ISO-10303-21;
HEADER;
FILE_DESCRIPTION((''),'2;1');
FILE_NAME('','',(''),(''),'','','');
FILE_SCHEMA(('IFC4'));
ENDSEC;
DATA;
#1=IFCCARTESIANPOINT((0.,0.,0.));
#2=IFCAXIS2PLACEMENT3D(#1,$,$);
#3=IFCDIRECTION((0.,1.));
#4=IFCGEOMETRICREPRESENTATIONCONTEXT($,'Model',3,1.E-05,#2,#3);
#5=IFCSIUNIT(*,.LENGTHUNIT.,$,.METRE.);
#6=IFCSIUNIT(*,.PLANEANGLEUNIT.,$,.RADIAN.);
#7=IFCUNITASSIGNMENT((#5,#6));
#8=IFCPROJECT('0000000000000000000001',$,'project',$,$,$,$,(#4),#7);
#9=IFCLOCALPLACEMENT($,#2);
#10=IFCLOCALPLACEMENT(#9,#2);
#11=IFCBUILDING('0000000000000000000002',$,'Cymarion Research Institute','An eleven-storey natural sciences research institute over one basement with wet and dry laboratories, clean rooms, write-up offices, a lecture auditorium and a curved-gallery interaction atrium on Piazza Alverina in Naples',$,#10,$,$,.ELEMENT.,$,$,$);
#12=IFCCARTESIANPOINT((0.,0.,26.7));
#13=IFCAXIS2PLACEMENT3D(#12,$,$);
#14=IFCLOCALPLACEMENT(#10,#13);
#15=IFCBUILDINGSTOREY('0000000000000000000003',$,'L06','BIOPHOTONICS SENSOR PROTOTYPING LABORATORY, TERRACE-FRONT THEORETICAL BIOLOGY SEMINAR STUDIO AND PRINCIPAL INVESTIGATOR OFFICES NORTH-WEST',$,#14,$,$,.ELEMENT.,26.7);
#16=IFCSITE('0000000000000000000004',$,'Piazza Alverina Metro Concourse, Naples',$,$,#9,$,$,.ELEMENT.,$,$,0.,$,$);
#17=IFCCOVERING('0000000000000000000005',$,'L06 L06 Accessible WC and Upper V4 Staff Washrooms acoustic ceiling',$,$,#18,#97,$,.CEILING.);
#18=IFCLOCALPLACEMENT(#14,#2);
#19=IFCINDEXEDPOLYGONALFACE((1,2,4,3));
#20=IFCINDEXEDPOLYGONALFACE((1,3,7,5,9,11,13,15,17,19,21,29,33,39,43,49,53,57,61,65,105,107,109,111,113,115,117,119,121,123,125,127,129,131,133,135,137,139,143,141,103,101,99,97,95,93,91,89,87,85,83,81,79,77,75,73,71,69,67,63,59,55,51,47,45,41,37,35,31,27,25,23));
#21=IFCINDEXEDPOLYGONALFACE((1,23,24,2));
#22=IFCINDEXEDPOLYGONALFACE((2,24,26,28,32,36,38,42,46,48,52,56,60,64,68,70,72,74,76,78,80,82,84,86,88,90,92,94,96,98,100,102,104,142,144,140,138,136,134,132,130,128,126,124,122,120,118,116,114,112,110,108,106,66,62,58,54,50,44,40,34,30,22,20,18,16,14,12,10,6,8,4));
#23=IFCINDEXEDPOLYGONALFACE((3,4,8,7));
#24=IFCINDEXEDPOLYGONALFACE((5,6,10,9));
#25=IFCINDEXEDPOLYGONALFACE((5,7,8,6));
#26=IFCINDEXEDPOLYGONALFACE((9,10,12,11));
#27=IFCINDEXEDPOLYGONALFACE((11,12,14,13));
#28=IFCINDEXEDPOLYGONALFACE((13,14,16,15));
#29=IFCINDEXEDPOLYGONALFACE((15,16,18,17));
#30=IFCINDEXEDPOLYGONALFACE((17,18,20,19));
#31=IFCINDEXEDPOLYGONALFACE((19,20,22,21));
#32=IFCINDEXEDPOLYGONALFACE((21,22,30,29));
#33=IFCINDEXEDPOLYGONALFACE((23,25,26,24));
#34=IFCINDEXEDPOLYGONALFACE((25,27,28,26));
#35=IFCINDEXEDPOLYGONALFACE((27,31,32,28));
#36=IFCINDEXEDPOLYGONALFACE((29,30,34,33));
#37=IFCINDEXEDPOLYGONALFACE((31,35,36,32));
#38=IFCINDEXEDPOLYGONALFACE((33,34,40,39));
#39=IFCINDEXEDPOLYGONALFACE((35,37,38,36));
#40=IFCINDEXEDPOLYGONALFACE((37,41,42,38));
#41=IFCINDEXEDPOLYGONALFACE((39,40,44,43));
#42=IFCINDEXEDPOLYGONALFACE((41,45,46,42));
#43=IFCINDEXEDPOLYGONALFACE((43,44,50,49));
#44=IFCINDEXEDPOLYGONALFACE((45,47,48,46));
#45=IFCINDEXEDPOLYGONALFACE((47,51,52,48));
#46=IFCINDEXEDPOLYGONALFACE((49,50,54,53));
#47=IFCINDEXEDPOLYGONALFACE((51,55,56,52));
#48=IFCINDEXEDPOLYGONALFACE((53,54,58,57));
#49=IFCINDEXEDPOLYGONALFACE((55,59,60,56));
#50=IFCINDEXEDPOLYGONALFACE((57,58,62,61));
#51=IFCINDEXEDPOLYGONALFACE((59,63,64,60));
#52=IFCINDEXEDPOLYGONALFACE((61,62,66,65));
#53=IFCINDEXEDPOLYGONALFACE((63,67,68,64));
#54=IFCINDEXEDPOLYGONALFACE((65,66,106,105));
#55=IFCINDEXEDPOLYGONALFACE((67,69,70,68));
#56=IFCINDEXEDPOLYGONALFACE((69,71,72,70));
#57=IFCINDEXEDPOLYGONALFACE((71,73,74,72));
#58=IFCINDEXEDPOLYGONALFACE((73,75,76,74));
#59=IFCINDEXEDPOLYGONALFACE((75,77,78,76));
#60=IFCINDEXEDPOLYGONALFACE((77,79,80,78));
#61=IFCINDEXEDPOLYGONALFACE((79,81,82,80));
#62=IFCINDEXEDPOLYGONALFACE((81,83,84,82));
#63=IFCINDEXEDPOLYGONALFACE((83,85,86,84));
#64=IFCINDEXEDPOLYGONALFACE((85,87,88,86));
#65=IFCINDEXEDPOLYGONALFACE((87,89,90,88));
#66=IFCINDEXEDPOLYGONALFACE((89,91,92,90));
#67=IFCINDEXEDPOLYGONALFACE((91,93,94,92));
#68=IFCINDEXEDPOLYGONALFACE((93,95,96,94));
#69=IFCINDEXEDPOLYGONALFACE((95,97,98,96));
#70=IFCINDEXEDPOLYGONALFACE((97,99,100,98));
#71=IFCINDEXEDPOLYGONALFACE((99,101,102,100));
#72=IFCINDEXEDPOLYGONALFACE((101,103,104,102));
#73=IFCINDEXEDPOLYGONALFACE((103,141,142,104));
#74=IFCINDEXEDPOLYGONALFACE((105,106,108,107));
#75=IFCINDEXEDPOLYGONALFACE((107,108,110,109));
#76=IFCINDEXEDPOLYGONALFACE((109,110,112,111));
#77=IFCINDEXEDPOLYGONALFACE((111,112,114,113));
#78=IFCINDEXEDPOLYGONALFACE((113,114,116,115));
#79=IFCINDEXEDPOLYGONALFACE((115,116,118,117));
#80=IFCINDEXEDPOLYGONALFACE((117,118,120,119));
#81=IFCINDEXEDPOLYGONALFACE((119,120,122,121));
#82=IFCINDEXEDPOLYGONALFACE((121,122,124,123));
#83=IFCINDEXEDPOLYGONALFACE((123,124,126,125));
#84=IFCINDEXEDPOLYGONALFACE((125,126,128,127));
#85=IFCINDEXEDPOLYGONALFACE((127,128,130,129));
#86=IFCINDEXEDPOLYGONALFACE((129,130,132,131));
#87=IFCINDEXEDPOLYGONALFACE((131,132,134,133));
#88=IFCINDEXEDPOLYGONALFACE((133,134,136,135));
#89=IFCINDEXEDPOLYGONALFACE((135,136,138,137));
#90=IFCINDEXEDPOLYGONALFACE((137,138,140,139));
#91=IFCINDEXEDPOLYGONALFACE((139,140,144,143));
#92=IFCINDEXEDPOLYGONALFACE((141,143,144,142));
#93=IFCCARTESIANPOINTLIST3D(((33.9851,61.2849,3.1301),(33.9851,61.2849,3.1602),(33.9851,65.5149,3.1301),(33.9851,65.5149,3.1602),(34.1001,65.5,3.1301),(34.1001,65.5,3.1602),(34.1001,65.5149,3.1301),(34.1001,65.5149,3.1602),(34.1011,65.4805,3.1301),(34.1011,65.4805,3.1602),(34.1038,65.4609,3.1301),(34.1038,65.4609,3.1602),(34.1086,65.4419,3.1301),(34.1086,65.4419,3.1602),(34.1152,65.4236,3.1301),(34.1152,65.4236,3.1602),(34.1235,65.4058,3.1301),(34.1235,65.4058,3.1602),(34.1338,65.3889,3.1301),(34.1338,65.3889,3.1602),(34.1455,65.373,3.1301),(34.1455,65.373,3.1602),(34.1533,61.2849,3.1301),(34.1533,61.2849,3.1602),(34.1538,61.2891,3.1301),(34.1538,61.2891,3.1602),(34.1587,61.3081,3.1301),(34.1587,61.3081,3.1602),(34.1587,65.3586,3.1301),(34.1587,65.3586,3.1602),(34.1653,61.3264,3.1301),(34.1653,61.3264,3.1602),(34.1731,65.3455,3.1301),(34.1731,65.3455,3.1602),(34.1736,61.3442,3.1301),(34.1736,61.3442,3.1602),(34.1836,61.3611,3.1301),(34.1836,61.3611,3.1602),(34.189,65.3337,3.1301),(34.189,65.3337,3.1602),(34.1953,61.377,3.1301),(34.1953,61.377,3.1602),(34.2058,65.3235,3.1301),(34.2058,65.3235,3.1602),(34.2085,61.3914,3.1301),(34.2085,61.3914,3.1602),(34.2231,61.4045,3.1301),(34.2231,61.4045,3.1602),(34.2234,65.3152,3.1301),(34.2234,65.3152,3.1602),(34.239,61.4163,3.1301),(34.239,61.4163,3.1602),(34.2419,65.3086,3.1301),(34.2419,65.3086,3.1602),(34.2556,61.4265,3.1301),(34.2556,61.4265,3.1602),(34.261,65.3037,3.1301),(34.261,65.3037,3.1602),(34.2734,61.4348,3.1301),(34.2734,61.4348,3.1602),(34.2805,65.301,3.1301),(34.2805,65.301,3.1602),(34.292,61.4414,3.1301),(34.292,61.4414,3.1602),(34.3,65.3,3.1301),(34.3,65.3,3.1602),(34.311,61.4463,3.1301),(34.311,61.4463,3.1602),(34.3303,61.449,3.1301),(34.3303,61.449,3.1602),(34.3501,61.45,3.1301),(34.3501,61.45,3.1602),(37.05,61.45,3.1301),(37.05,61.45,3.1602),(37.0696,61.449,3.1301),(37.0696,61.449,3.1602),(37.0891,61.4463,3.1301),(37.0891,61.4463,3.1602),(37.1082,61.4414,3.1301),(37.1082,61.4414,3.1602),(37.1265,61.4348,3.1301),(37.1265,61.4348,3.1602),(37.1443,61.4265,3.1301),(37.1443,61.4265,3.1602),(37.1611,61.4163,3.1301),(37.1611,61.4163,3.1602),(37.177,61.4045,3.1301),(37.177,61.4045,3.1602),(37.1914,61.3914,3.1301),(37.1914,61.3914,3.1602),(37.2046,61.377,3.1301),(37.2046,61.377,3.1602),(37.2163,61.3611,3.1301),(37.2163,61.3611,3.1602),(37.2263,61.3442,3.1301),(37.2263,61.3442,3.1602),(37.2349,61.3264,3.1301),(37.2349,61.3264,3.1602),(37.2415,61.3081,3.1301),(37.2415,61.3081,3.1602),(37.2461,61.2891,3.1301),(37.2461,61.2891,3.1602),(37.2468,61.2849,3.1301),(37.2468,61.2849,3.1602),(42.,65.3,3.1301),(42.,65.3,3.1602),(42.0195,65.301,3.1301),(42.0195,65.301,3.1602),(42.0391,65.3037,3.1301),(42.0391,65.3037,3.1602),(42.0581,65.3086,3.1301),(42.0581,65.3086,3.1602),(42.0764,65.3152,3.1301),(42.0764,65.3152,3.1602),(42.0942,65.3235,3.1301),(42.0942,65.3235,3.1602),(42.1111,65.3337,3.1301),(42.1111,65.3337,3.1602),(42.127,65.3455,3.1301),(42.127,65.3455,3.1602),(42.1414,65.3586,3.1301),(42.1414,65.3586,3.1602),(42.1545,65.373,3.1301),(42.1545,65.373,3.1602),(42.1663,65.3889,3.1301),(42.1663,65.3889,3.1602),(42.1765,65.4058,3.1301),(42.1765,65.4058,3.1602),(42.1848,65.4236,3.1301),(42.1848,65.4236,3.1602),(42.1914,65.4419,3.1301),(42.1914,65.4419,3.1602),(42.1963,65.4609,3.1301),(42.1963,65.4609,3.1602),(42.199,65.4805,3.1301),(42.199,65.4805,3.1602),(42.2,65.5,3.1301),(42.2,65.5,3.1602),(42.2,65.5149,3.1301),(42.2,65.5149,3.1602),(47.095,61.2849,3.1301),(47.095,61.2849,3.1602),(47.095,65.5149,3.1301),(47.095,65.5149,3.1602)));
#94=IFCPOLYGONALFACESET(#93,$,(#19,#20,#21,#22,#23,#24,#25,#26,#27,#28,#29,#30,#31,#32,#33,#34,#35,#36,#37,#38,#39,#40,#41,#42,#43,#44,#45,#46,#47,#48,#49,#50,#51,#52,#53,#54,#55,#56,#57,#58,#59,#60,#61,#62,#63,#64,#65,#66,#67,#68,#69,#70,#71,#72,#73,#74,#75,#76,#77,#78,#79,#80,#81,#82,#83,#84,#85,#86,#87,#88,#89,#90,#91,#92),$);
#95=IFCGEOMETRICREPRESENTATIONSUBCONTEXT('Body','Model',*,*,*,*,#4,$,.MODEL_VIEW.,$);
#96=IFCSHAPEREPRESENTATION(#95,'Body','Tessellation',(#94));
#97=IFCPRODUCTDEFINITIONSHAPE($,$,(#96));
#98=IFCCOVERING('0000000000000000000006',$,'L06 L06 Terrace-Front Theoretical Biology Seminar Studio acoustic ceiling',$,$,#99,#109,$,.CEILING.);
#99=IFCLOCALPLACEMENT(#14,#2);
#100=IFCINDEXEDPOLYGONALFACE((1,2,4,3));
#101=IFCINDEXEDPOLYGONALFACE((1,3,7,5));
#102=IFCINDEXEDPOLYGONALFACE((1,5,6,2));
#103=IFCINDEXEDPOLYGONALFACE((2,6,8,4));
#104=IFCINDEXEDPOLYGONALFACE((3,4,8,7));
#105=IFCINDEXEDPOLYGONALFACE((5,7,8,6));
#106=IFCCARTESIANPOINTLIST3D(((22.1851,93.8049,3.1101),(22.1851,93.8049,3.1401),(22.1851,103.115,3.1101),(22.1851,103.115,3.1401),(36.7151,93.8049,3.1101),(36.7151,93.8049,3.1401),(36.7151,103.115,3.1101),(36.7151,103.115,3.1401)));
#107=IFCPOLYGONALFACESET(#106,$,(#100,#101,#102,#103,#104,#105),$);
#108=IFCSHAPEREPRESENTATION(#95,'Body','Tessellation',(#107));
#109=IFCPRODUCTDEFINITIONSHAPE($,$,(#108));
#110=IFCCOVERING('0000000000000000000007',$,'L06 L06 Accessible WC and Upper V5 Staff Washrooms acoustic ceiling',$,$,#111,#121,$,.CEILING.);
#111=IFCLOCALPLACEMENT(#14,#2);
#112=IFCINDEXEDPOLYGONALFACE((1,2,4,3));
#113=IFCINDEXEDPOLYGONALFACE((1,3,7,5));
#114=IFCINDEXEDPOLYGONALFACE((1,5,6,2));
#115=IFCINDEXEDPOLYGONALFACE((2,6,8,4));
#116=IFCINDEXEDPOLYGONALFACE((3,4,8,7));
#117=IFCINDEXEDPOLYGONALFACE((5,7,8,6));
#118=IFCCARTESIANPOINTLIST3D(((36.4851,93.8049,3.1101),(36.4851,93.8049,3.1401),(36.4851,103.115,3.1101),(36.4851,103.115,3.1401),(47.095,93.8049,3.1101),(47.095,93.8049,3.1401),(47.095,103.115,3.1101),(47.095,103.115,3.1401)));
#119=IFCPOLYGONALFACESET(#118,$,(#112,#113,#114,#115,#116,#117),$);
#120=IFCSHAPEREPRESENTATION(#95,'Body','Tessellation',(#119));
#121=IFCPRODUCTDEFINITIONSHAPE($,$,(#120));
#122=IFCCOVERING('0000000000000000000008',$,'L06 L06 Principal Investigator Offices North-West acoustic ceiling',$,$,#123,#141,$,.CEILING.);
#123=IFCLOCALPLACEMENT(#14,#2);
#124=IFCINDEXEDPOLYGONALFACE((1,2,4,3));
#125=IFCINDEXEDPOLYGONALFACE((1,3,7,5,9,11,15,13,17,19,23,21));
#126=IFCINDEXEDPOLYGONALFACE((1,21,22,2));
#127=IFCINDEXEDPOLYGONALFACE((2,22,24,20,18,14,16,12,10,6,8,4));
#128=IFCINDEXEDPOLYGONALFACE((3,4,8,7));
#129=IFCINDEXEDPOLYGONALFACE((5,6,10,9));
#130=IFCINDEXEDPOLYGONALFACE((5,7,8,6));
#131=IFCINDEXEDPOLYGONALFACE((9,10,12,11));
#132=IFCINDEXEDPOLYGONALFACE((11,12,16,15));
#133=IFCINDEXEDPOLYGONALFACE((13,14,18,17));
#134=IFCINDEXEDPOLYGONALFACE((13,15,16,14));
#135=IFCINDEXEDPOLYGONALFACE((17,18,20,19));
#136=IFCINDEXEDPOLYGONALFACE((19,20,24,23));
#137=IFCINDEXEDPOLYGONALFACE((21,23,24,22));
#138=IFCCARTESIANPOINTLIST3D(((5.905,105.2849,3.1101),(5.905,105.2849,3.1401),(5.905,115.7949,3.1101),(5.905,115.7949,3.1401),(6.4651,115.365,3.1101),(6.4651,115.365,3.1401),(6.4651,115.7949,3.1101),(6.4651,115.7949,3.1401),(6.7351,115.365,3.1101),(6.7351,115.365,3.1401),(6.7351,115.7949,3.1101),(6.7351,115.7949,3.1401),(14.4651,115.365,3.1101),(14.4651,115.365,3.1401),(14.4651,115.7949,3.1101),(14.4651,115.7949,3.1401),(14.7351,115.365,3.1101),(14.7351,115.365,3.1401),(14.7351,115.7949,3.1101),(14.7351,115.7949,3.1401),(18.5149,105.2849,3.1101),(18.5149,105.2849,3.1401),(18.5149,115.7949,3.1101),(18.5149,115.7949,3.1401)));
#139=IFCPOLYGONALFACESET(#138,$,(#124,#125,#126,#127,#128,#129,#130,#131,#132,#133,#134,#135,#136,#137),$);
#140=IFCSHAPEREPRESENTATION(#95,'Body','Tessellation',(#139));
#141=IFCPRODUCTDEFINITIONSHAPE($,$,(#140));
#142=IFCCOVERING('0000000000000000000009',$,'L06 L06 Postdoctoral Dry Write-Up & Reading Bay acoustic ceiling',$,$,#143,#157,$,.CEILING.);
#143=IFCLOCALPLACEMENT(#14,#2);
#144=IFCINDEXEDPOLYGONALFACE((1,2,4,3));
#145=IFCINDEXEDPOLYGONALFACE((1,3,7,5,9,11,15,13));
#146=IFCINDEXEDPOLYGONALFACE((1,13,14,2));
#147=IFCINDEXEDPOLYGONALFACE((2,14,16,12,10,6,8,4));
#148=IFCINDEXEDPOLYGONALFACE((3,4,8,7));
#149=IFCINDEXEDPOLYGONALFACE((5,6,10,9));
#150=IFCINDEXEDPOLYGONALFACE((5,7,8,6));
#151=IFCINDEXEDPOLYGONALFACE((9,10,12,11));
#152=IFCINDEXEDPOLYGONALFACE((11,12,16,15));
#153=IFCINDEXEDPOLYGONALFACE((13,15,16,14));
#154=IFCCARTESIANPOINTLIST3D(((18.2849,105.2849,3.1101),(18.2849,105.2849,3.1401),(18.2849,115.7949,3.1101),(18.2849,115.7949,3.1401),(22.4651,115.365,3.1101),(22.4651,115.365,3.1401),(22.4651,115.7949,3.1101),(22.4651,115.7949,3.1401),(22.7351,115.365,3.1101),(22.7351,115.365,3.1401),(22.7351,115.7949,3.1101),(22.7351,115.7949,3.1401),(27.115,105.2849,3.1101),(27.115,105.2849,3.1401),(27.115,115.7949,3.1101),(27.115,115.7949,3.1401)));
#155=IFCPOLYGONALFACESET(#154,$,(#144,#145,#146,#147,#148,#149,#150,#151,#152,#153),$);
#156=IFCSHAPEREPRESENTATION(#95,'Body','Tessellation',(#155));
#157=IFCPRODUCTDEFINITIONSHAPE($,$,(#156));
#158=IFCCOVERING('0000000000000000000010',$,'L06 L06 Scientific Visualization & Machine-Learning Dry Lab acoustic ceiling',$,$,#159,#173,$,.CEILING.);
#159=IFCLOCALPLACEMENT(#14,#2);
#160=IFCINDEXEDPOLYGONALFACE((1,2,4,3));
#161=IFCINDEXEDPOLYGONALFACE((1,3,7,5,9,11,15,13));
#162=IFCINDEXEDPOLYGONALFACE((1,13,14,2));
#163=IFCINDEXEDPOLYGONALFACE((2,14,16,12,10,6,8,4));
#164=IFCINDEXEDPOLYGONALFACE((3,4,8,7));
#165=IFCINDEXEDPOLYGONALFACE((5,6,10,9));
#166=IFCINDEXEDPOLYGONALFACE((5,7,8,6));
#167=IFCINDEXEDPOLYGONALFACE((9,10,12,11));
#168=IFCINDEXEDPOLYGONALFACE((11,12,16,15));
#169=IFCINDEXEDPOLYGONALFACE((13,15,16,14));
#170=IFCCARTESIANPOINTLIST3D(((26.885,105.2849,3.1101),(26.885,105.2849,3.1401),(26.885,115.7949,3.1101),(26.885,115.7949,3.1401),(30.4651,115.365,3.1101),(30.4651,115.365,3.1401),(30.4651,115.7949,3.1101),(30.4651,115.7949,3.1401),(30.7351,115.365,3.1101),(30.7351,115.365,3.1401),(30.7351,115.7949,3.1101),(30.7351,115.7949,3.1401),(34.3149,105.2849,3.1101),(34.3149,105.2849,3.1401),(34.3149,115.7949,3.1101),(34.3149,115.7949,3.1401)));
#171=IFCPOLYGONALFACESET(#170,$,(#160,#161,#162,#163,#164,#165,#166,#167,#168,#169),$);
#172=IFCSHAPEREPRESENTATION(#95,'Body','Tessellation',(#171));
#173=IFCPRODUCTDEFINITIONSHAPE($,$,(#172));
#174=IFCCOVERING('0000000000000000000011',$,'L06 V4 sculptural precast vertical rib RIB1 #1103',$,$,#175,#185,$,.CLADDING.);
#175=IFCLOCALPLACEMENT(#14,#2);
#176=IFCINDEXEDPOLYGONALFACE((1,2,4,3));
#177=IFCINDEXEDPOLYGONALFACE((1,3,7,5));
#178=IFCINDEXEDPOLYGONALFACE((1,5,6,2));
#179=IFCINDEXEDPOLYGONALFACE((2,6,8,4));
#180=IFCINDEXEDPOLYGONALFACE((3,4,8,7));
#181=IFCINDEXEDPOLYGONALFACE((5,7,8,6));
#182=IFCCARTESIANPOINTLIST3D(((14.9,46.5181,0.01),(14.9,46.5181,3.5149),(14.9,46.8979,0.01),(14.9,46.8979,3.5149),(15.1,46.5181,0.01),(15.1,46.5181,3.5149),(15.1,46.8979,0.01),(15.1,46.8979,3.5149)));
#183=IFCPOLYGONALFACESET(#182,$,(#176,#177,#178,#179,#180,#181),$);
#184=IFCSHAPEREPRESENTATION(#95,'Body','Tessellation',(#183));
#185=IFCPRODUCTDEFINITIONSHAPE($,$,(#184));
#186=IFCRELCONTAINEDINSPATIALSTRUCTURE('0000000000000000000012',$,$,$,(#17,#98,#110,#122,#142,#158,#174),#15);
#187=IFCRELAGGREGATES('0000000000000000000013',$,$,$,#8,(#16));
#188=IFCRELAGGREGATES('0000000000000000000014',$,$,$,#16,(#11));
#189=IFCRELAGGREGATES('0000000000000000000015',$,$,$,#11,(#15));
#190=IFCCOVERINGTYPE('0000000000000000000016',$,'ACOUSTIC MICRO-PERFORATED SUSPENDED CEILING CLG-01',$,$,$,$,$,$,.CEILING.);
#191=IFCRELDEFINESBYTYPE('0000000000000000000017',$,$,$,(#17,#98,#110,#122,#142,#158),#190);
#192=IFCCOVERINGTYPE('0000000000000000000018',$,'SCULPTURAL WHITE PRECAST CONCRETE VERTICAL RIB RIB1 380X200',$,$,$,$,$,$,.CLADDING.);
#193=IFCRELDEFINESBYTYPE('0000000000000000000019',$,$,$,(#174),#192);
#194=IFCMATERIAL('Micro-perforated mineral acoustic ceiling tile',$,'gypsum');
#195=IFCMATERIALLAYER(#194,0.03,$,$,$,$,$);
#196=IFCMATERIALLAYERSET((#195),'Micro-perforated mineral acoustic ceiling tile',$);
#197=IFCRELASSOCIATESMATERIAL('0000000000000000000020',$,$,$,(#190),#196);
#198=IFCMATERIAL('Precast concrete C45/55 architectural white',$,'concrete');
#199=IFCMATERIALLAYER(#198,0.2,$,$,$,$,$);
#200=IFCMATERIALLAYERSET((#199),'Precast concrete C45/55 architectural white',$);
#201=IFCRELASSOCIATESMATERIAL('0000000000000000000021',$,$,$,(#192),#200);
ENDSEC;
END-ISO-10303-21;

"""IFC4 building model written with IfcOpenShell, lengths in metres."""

from ifc_helpers import new_model, si_unit, direction, frame, origin, origin_2d, place, context, subcontext, project, spatial, polyline, rectangle, outline, extrude, material, layer, layer_set, type_object, element, save


model = new_model("IFC4")

# Units and contexts
model_context = context("Model", 3, precision=1e-05, world=origin(), true_north=direction((0.0, 1.0)))
body_context = subcontext(model_context, "Body", "Model", "MODEL_VIEW")
ifc_project = project(units=[si_unit("LENGTHUNIT", "METRE"), si_unit("PLANEANGLEUNIT", "RADIAN")], contexts=[model_context])

# Site, building, storey
site_placement = place(None, origin())
site = spatial("IfcSite", under=ifc_project, at=site_placement, Name="Piazza Alverina Metro Concourse, Naples", CompositionType="ELEMENT", RefElevation=0.0)
building_placement = place(site_placement, origin())
building = spatial("IfcBuilding", under=site, at=building_placement, Name="Cymarion Research Institute", Description="An eleven-storey natural sciences research institute over one basement with wet and dry laboratories, clean rooms, write-up offices, a lecture auditorium and a curved-gallery interaction atrium on Piazza Alverina in Naples", CompositionType="ELEMENT")
storey_placement = place(building_placement, frame((0.0, 0.0, 26.7)))
storey = spatial("IfcBuildingStorey", under=building, at=storey_placement, Name="L06", Description="BIOPHOTONICS SENSOR PROTOTYPING LABORATORY, TERRACE-FRONT THEORETICAL BIOLOGY SEMINAR STUDIO AND PRINCIPAL INVESTIGATOR OFFICES NORTH-WEST", CompositionType="ELEMENT", Elevation=26.7)

# Coverings
ifc_material_1 = material(Name="Micro-perforated mineral acoustic ceiling tile", Category="gypsum")
ifc_layer_1 = layer(ifc_material_1, 0.03)
ifc_layer_set_1 = layer_set([ifc_layer_1], Name="Micro-perforated mineral acoustic ceiling tile")
covering_type_1 = type_object("IfcCoveringType", Name="ACOUSTIC MICRO-PERFORATED SUSPENDED CEILING CLG-01", PredefinedType="CEILING", material=ifc_layer_set_1)
covering_1_placement = place(storey_placement, frame((0.0, 0.0, 3.1301)))
element("IfcCovering", 1, at=covering_1_placement, inside=storey, type_object=covering_type_1, Name="L06 L06 Accessible WC and Upper V4 Staff Washrooms acoustic ceiling", PredefinedType="CEILING", context=body_context, shape_type="SweptSolid", body=[
    extrude(outline(polyline([(34.1001, 65.5149), (34.1001, 65.5), (34.1011, 65.4805), (34.1038, 65.4609), (34.1086, 65.4419), (34.1152, 65.4236), (34.1235, 65.4058), (34.1338, 65.3889), (34.1455, 65.373), (34.1587, 65.3586), (34.1731, 65.3455), (34.189, 65.3337), (34.2058, 65.3235), (34.2234, 65.3152), (34.2419, 65.3086), (34.261, 65.3037), (34.2805, 65.301), (34.3, 65.3), (42.0, 65.3), (42.0195, 65.301), (42.0391, 65.3037), (42.0581, 65.3086), (42.0764, 65.3152), (42.0942, 65.3235), (42.1111, 65.3337), (42.127, 65.3455), (42.1414, 65.3586), (42.1545, 65.373), (42.1663, 65.3889), (42.1765, 65.4058), (42.1848, 65.4236), (42.1914, 65.4419), (42.1963, 65.4609), (42.199, 65.4805), (42.2, 65.5), (42.2, 65.5149), (47.095, 65.5149), (47.095, 61.2849), (37.2468, 61.2849), (37.2461, 61.2891), (37.2415, 61.3081), (37.2349, 61.3264), (37.2263, 61.3442), (37.2163, 61.3611), (37.2046, 61.377), (37.1914, 61.3914), (37.177, 61.4045), (37.1611, 61.4163), (37.1443, 61.4265), (37.1265, 61.4348), (37.1082, 61.4414), (37.0891, 61.4463), (37.0696, 61.449), (37.05, 61.45), (34.3501, 61.45), (34.3303, 61.449), (34.311, 61.4463), (34.292, 61.4414), (34.2734, 61.4348), (34.2556, 61.4265), (34.239, 61.4163), (34.2231, 61.4045), (34.2085, 61.3914), (34.1953, 61.377), (34.1836, 61.3611), (34.1736, 61.3442), (34.1653, 61.3264), (34.1587, 61.3081), (34.1538, 61.2891), (34.1533, 61.2849), (33.9851, 61.2849), (33.9851, 65.5149), (34.1001, 65.5149)])), origin(), (0.0, 0.0, 1.0), 0.03),
])
covering_2_placement = place(storey_placement, frame((0.0, 0.0, 3.1101)))
element("IfcCovering", 2, at=covering_2_placement, inside=storey, type_object=covering_type_1, Name="L06 L06 Terrace-Front Theoretical Biology Seminar Studio acoustic ceiling", PredefinedType="CEILING", context=body_context, shape_type="SweptSolid", body=[
    extrude(outline(polyline([(36.7151, 93.8049), (22.1851, 93.8049), (22.1851, 103.115), (36.7151, 103.115), (36.7151, 93.8049)])), origin(), (0.0, 0.0, 1.0), 0.03),
])
covering_3_placement = place(storey_placement, frame((0.0, 0.0, 3.1101)))
element("IfcCovering", 3, at=covering_3_placement, inside=storey, type_object=covering_type_1, Name="L06 L06 Accessible WC and Upper V5 Staff Washrooms acoustic ceiling", PredefinedType="CEILING", context=body_context, shape_type="SweptSolid", body=[
    extrude(outline(polyline([(47.095, 93.8049), (36.4851, 93.8049), (36.4851, 103.115), (47.095, 103.115), (47.095, 93.8049)])), origin(), (0.0, 0.0, 1.0), 0.03),
])
covering_4_placement = place(storey_placement, frame((0.0, 0.0, 3.1101)))
element("IfcCovering", 4, at=covering_4_placement, inside=storey, type_object=covering_type_1, Name="L06 L06 Principal Investigator Offices North-West acoustic ceiling", PredefinedType="CEILING", context=body_context, shape_type="SweptSolid", body=[
    extrude(outline(polyline([(5.905, 115.7949), (6.4651, 115.7949), (6.4651, 115.365), (6.7351, 115.365), (6.7351, 115.7949), (14.4651, 115.7949), (14.4651, 115.365), (14.7351, 115.365), (14.7351, 115.7949), (18.5149, 115.7949), (18.5149, 105.2849), (5.905, 105.2849), (5.905, 115.7949)])), origin(), (0.0, 0.0, 1.0), 0.03),
])
covering_5_placement = place(storey_placement, frame((0.0, 0.0, 3.1101)))
element("IfcCovering", 5, at=covering_5_placement, inside=storey, type_object=covering_type_1, Name="L06 L06 Postdoctoral Dry Write-Up & Reading Bay acoustic ceiling", PredefinedType="CEILING", context=body_context, shape_type="SweptSolid", body=[
    extrude(outline(polyline([(18.2849, 115.7949), (22.4651, 115.7949), (22.4651, 115.365), (22.7351, 115.365), (22.7351, 115.7949), (27.115, 115.7949), (27.115, 105.2849), (18.2849, 105.2849), (18.2849, 115.7949)])), origin(), (0.0, 0.0, 1.0), 0.03),
])
covering_6_placement = place(storey_placement, frame((0.0, 0.0, 3.1101)))
element("IfcCovering", 6, at=covering_6_placement, inside=storey, type_object=covering_type_1, Name="L06 L06 Scientific Visualization & Machine-Learning Dry Lab acoustic ceiling", PredefinedType="CEILING", context=body_context, shape_type="SweptSolid", body=[
    extrude(outline(polyline([(26.885, 115.7949), (30.4651, 115.7949), (30.4651, 115.365), (30.7351, 115.365), (30.7351, 115.7949), (34.3149, 115.7949), (34.3149, 105.2849), (26.885, 105.2849), (26.885, 115.7949)])), origin(), (0.0, 0.0, 1.0), 0.03),
])
ifc_material_2 = material(Name="Precast concrete C45/55 architectural white", Category="concrete")
ifc_layer_2 = layer(ifc_material_2, 0.2)
ifc_layer_set_2 = layer_set([ifc_layer_2], Name="Precast concrete C45/55 architectural white")
covering_type_2 = type_object("IfcCoveringType", Name="SCULPTURAL WHITE PRECAST CONCRETE VERTICAL RIB RIB1 380X200", PredefinedType="CLADDING", material=ifc_layer_set_2)
for number, where, z_axis, x_axis, name in (
    (7, (15.0, 46.708, 0.01), (0.0, 0.0, 1.0), (0.0, -1.0, 0.0), "L06 V4 sculptural precast vertical rib RIB1 #1103"),
):
    element("IfcCovering", number, at=place(storey_placement, frame(where, z_axis=z_axis, x_axis=x_axis)), inside=storey, type_object=covering_type_2, Name=name, PredefinedType="CLADDING", context=body_context, shape_type="SweptSolid", body=[
        extrude(rectangle(XDim=0.3799, YDim=0.2, at=origin_2d()), origin(), (0.0, 0.0, 1.0), 3.5049),
    ])

save(model, "model.ifc")
